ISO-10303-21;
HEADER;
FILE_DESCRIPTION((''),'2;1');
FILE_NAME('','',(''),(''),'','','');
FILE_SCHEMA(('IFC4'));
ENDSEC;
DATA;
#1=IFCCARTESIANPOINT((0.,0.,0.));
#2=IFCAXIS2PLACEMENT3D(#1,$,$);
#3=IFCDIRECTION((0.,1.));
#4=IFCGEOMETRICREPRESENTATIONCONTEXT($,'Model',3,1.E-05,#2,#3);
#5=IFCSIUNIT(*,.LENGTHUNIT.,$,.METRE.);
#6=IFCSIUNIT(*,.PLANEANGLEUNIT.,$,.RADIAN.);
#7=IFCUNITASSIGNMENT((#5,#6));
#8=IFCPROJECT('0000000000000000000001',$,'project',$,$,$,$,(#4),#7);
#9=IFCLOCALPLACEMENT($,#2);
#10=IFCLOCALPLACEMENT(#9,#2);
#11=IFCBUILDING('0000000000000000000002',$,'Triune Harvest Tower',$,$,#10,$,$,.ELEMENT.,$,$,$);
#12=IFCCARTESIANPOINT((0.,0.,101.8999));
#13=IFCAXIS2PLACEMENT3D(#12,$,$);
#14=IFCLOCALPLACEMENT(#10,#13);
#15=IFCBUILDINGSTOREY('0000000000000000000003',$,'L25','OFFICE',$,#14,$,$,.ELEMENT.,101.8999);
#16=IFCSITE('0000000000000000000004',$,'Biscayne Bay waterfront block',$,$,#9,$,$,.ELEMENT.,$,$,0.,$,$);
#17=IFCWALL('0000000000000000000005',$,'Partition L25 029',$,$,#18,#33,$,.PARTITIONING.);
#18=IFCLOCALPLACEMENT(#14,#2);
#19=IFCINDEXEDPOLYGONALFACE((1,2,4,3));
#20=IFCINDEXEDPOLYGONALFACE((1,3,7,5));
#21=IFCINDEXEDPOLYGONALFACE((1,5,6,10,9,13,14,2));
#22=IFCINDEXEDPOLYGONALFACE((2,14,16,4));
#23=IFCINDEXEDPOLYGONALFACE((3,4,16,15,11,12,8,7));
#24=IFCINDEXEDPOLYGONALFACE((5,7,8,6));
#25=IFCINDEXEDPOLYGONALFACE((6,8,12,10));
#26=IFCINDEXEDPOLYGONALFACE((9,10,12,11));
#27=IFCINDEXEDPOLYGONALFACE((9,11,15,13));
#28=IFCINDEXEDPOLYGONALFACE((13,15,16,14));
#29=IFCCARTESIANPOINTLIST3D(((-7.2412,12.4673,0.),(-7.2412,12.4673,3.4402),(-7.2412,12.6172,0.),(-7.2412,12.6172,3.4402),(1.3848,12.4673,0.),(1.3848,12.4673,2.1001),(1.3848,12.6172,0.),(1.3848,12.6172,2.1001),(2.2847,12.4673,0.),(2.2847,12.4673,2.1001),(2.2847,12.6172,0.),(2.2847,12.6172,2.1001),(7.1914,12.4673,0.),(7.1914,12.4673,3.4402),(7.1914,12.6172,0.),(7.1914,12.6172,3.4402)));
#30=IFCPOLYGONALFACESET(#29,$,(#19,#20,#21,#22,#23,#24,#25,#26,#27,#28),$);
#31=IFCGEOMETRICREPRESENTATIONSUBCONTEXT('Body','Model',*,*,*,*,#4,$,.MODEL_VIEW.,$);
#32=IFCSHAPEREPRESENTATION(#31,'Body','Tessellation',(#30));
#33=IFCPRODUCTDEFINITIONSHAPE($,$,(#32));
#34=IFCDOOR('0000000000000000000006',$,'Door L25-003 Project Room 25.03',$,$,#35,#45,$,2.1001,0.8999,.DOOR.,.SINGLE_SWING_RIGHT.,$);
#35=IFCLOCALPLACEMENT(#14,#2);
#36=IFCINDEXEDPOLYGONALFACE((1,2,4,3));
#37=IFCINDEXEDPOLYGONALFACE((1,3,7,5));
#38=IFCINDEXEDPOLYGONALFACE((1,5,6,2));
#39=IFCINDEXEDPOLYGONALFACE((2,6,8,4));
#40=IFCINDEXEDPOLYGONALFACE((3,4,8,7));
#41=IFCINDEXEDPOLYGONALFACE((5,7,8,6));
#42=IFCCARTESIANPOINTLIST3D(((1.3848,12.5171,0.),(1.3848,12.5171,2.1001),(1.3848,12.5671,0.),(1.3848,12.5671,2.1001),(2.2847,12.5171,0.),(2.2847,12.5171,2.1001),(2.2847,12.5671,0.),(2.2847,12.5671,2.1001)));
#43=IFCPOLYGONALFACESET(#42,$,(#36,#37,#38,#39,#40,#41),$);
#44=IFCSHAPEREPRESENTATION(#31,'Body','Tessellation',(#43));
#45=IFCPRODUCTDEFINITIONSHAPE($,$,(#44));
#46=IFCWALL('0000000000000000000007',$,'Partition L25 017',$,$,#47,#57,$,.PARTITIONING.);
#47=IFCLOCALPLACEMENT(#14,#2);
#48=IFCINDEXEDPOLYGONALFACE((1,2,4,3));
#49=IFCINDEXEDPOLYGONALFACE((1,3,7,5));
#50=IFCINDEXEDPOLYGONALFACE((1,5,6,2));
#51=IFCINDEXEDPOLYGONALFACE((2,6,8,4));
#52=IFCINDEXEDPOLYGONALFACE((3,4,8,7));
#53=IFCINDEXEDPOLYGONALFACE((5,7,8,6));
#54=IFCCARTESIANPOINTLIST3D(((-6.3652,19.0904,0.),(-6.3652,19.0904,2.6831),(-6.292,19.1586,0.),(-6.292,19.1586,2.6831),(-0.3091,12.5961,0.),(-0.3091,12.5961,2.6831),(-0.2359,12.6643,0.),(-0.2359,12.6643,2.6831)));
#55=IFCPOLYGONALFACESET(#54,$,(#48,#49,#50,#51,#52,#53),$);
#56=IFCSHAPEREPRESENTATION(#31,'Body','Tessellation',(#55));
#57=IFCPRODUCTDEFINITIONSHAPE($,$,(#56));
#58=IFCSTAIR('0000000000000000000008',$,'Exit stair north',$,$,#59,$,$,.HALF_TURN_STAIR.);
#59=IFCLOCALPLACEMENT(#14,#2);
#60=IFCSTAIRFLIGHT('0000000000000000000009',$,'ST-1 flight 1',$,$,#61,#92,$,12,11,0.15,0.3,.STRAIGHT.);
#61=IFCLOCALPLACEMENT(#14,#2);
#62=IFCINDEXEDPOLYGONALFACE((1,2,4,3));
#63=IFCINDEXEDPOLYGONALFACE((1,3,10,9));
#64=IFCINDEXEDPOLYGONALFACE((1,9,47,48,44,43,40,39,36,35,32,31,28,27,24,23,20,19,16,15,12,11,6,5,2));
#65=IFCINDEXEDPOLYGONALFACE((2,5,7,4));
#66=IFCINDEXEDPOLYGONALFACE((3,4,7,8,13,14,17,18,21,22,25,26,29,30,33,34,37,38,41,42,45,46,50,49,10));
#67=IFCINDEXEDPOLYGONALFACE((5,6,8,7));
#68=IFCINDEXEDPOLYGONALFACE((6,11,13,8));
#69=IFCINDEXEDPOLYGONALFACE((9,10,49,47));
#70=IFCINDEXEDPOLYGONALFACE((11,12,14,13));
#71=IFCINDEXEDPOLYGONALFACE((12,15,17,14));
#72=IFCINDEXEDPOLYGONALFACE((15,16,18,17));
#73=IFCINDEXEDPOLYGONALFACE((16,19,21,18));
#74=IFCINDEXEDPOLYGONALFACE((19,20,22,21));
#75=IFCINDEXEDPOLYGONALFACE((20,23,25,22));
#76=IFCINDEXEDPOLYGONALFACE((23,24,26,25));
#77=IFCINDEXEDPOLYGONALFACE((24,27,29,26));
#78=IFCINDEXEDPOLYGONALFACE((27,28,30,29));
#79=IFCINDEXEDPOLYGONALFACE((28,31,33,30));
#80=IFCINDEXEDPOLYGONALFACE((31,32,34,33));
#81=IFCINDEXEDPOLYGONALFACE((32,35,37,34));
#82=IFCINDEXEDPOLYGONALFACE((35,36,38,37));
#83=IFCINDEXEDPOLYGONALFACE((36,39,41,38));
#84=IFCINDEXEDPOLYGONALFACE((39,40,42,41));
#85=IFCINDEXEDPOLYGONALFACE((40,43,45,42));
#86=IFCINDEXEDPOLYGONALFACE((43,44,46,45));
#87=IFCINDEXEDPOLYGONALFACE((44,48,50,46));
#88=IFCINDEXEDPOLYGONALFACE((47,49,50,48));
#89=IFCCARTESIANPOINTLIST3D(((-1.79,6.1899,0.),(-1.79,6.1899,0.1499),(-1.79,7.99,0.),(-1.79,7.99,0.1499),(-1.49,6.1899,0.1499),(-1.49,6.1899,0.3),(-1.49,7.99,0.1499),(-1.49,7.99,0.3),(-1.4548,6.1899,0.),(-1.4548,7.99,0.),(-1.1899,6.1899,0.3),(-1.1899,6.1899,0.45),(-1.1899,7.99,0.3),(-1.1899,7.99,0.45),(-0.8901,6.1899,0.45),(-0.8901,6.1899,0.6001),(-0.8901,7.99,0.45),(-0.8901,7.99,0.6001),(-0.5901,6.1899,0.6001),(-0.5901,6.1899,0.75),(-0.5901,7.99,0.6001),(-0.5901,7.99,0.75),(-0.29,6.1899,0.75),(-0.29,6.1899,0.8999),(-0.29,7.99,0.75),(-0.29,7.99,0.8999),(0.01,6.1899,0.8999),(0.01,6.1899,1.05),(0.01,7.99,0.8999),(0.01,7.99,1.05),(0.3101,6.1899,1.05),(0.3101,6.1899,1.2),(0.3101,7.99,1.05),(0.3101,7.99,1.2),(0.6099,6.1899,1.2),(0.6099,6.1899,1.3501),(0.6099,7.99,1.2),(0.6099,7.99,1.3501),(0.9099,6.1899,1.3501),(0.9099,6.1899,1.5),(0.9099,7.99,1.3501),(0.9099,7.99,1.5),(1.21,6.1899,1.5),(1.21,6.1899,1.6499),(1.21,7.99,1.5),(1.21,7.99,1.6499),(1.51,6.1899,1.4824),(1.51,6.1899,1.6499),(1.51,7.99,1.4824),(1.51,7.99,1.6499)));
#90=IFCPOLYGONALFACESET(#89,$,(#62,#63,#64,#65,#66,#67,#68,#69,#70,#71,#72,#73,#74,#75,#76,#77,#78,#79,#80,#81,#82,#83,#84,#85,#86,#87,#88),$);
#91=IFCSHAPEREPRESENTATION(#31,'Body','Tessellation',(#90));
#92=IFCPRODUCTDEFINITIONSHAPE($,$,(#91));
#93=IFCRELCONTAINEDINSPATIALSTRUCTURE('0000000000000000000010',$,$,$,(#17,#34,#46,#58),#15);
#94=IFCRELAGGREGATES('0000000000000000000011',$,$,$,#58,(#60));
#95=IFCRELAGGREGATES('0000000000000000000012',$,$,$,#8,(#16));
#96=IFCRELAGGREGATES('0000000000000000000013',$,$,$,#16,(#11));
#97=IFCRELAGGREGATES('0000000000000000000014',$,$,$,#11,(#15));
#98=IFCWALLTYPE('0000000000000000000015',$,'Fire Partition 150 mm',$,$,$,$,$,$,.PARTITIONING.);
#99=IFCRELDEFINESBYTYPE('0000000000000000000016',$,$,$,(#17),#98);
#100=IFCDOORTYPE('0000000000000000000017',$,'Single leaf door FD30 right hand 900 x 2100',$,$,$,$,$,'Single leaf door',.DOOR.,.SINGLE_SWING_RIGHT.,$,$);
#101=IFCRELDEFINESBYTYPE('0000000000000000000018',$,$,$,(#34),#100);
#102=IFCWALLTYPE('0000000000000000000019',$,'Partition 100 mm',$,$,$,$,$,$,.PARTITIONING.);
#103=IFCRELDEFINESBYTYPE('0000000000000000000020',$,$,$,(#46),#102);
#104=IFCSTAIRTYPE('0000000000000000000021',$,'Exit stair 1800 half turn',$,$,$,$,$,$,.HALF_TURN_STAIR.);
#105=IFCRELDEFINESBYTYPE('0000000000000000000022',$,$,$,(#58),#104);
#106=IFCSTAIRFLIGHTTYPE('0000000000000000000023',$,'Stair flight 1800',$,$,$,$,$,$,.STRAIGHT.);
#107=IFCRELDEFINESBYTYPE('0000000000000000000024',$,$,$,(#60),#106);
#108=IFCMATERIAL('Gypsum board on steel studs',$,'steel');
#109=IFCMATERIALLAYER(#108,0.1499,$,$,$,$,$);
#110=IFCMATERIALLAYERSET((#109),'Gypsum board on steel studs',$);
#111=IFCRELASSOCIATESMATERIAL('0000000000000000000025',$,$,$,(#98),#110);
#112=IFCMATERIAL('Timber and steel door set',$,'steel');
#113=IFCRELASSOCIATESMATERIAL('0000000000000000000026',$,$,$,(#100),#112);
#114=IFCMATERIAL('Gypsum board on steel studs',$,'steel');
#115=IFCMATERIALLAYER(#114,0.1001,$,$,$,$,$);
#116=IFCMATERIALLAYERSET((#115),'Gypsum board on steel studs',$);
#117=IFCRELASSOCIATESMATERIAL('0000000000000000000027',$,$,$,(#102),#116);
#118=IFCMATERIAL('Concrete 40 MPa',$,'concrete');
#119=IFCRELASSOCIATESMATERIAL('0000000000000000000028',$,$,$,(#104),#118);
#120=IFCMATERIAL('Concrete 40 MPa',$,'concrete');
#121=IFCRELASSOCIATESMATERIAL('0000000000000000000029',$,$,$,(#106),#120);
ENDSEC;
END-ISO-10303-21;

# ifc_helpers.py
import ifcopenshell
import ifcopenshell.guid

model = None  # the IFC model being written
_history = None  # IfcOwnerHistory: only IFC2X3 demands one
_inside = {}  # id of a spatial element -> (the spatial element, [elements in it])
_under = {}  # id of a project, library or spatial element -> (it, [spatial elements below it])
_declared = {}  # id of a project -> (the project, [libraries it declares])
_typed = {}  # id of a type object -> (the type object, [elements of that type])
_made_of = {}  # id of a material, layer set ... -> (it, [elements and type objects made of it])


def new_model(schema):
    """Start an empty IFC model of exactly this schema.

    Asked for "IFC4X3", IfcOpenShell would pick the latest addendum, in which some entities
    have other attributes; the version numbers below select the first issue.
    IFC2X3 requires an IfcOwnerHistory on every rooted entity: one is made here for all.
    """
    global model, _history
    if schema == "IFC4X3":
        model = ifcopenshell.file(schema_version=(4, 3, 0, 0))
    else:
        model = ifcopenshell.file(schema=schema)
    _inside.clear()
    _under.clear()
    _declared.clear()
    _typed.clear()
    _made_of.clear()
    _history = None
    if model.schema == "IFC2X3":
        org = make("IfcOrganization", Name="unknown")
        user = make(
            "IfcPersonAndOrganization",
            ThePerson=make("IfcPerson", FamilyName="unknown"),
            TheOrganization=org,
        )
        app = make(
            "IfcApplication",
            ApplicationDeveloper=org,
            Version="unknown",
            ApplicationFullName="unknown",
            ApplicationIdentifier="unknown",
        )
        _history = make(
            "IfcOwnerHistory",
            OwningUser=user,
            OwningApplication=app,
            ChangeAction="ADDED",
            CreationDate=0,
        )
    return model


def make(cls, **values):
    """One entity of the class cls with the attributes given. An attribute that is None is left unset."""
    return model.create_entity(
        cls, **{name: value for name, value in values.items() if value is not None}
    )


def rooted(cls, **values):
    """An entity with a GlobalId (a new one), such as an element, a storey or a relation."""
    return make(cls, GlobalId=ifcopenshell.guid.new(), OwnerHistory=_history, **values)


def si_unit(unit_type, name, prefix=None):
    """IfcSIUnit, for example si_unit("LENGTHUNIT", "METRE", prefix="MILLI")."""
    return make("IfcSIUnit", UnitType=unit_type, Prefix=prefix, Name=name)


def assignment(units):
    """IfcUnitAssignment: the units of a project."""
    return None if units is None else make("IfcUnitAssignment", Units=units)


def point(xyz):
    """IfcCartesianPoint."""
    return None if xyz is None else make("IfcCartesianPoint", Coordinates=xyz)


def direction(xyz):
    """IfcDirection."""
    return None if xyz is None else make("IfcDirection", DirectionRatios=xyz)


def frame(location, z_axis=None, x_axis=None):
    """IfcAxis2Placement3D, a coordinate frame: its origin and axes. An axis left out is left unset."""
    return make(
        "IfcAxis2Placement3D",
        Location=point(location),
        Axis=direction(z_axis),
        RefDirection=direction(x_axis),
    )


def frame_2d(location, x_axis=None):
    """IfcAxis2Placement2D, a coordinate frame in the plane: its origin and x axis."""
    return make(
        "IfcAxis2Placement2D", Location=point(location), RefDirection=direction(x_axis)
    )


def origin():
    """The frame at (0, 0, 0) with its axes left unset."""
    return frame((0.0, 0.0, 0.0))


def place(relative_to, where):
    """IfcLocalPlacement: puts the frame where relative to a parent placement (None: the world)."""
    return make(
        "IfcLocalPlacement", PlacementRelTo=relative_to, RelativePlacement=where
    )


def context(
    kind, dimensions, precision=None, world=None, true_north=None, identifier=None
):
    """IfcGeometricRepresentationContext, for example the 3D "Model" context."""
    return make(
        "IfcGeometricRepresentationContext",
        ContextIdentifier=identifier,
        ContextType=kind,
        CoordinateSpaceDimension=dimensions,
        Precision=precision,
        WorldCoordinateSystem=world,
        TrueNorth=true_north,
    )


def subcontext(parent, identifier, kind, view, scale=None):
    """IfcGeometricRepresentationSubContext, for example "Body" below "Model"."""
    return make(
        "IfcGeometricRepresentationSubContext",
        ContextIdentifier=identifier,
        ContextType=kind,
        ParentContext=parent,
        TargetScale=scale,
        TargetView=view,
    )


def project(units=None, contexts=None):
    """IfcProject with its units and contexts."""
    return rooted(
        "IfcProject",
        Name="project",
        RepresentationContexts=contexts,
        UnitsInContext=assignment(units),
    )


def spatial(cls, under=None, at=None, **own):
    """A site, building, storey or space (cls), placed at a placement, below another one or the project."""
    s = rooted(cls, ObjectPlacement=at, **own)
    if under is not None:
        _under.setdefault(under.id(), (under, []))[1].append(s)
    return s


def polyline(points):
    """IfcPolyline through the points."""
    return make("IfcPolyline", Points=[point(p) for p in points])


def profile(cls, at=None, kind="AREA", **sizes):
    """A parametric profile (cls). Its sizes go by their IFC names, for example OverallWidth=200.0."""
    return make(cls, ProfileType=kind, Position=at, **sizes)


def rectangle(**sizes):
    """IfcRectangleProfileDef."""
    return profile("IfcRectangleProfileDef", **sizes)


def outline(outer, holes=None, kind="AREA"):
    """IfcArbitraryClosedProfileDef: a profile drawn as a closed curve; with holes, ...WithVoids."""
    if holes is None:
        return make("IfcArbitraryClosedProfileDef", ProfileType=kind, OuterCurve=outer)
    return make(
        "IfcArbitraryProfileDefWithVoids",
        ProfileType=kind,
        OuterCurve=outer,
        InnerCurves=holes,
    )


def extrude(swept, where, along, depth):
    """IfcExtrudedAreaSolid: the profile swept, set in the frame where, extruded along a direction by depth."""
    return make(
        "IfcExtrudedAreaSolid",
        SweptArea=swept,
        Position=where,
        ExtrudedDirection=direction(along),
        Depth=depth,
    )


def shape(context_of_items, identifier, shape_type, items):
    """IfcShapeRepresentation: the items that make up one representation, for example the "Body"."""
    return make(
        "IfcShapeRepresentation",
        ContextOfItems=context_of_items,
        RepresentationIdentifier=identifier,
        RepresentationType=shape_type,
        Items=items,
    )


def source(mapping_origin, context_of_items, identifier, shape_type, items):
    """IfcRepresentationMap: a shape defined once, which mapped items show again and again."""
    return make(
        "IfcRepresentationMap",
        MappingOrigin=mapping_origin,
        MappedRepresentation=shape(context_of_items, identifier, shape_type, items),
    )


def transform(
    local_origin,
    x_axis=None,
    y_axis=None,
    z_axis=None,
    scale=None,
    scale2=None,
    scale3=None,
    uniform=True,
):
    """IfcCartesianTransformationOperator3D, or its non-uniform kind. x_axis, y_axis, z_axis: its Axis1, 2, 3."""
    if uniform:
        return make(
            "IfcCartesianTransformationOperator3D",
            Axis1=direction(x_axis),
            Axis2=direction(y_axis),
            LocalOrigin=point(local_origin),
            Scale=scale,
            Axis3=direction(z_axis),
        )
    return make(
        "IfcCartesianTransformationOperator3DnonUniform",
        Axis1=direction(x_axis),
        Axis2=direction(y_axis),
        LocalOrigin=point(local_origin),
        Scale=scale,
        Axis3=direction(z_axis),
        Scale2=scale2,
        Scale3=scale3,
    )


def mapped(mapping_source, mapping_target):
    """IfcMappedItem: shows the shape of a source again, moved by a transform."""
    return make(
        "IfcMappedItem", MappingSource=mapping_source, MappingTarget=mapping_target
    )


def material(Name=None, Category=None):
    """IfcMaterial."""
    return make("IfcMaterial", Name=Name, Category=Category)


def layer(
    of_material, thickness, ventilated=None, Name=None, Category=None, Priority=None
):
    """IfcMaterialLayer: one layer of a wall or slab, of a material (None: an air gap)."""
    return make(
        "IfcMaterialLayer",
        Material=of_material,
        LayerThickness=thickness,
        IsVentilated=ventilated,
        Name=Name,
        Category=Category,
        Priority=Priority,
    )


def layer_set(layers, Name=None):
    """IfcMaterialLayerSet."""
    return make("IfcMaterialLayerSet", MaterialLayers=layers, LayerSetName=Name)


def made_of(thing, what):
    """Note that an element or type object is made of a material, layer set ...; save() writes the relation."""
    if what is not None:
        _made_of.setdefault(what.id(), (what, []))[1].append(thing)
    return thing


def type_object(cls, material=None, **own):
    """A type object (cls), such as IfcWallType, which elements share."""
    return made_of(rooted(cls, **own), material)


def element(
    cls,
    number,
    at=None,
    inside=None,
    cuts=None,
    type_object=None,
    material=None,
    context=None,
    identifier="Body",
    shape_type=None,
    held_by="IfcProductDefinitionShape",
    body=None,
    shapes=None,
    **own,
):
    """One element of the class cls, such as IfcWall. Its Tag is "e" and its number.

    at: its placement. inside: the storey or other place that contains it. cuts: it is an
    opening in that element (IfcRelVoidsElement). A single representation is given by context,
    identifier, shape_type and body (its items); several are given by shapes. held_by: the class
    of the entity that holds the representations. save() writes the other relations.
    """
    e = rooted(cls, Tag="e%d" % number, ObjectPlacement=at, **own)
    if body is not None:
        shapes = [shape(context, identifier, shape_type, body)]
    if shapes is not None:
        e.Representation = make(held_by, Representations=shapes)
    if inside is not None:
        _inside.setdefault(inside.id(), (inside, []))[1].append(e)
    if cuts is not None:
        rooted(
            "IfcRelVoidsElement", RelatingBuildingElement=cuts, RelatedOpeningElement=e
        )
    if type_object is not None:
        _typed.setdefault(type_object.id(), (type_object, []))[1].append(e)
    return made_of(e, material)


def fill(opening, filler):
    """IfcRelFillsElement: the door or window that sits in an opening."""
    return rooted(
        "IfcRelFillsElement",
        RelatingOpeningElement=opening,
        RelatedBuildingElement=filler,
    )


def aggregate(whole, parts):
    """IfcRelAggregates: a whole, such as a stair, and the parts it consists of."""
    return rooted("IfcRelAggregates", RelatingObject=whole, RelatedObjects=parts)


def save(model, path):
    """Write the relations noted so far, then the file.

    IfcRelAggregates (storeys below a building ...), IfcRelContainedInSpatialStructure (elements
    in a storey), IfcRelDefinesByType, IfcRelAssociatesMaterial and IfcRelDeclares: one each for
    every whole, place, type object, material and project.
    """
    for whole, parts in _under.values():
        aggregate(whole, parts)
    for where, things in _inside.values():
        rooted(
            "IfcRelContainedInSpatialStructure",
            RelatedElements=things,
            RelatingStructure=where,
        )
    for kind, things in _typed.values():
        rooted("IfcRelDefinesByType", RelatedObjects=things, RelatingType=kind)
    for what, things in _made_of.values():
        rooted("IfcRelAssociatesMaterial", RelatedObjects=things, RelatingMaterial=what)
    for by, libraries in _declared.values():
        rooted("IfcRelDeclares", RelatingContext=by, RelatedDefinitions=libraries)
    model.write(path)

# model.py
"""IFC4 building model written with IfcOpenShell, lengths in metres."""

from ifc_helpers import new_model, si_unit, direction, frame, frame_2d, origin, place, context, subcontext, project, spatial, polyline, rectangle, outline, extrude, source, transform, mapped, material, layer, layer_set, type_object, element, fill, aggregate, save


model = new_model("IFC4")

# Units and contexts
model_context = context("Model", 3, precision=1e-05, world=origin(), true_north=direction((0.0, 1.0)))
body_context = subcontext(model_context, "Body", "Model", "MODEL_VIEW")
ifc_project = project(units=[si_unit("LENGTHUNIT", "METRE"), si_unit("PLANEANGLEUNIT", "RADIAN")], contexts=[model_context])

# Site, building, storey
site_placement = place(None, origin())
site = spatial("IfcSite", under=ifc_project, at=site_placement, Name="Biscayne Bay waterfront block", CompositionType="ELEMENT", RefElevation=0.0)
building_placement = place(site_placement, origin())
building = spatial("IfcBuilding", under=site, at=building_placement, Name="Triune Harvest Tower", CompositionType="ELEMENT")
storey_placement = place(building_placement, frame((0.0, 0.0, 101.8999)))
storey = spatial("IfcBuildingStorey", under=building, at=storey_placement, Name="L25", Description="OFFICE", CompositionType="ELEMENT", Elevation=101.8999)

# Shared definitions
ifc_material_1 = material(Name="Gypsum board on steel studs", Category="steel")
ifc_layer_1 = layer(ifc_material_1, 0.1499)
ifc_layer_set_1 = layer_set([ifc_layer_1], Name="Gypsum board on steel studs")
wall_type_1 = type_object("IfcWallType", Name="Fire Partition 150 mm", PredefinedType="PARTITIONING", material=ifc_layer_set_1)

# Wall, opening, door
shared_shape_1 = source(origin(), body_context, "Body", "SweptSolid", [
    extrude(rectangle(XDim=14.4326, YDim=0.1499, at=frame_2d((7.2163, 0.0))), origin(), (0.0, 0.0, 1.0), 3.4402),
])
wall_1_placement = place(storey_placement, frame((-7.2412, 12.5422, 0.0), z_axis=(0.0, 0.0, 1.0), x_axis=(1.0, 0.0, 0.0)))
wall_1 = element("IfcWall", 1, at=wall_1_placement, inside=storey, type_object=wall_type_1, Name="Partition L25 029", PredefinedType="PARTITIONING", context=body_context, shape_type="MappedRepresentation", body=[
    mapped(shared_shape_1, transform((0.0, 0.0, 0.0), scale=1.0)),
])
opening_1_placement = place(wall_1_placement, frame((8.626, 0.0, 0.0)))
opening_1 = element("IfcOpeningElement", 2, at=opening_1_placement, cuts=wall_1, PredefinedType="OPENING", context=body_context, shape_type="SweptSolid", body=[
    extrude(rectangle(XDim=0.8999, YDim=2.1001, at=frame_2d((0.45, 1.05))), frame((0.0, 0.085, 0.0), z_axis=(0.0, -1.0, 0.0), x_axis=(1.0, 0.0, 0.0)), (0.0, 0.0, 1.0), 0.1699),
])
ifc_material_2 = material(Name="Timber and steel door set", Category="steel")
door_type_1 = type_object("IfcDoorType", Name="Single leaf door FD30 right hand 900 x 2100", ElementType="Single leaf door", OperationType="SINGLE_SWING_RIGHT", PredefinedType="DOOR", material=ifc_material_2)
door_1_placement = place(opening_1_placement, origin())
door_1 = element("IfcDoor", 3, at=door_1_placement, inside=storey, type_object=door_type_1, Name="Door L25-003 Project Room 25.03", OperationType="SINGLE_SWING_RIGHT", OverallHeight=2.1001, OverallWidth=0.8999, PredefinedType="DOOR", context=body_context, shape_type="SweptSolid", body=[
    extrude(rectangle(XDim=0.8999, YDim=2.1001, at=frame_2d((0.45, 1.05))), frame((0.0, 0.0249, 0.0), z_axis=(0.0, -1.0, 0.0), x_axis=(1.0, 0.0, 0.0)), (0.0, 0.0, 1.0), 0.05),
])
fill(opening_1, door_1)

# Wall
ifc_material_3 = material(Name="Gypsum board on steel studs", Category="steel")
ifc_layer_2 = layer(ifc_material_3, 0.1001)
ifc_layer_set_2 = layer_set([ifc_layer_2], Name="Gypsum board on steel studs")
wall_type_2 = type_object("IfcWallType", Name="Partition 100 mm", PredefinedType="PARTITIONING", material=ifc_layer_set_2)
shared_shape_2 = source(origin(), body_context, "Body", "SweptSolid", [
    extrude(rectangle(XDim=8.8799, YDim=0.1001, at=frame_2d((4.4399, 0.0))), origin(), (0.0, 0.0, 1.0), 2.6831),
])
wall_2_placement = place(storey_placement, frame((-6.3286, 19.1245, 0.0), z_axis=(0.0, 0.0, 1.0), x_axis=(0.682001, -0.731351, 0.0)))
element("IfcWall", 4, at=wall_2_placement, inside=storey, type_object=wall_type_2, Name="Partition L25 017", PredefinedType="PARTITIONING", context=body_context, shape_type="MappedRepresentation", body=[
    mapped(shared_shape_2, transform((0.0, 0.0, 0.0), scale=1.0)),
])

# Stair, stair flight
ifc_material_4 = material(Name="Concrete 40 MPa", Category="concrete")
stair_type = type_object("IfcStairType", Name="Exit stair 1800 half turn", PredefinedType="HALF_TURN_STAIR", material=ifc_material_4)
stair_placement = place(storey_placement, origin())
stair = element("IfcStair", 5, at=stair_placement, inside=storey, type_object=stair_type, Name="Exit stair north", PredefinedType="HALF_TURN_STAIR")
ifc_material_5 = material(Name="Concrete 40 MPa", Category="concrete")
stair_flight_type = type_object("IfcStairFlightType", Name="Stair flight 1800", PredefinedType="STRAIGHT", material=ifc_material_5)
shared_shape_3 = source(origin(), body_context, "Body", "SweptSolid", [
    extrude(outline(polyline([(0.0, 0.0), (0.0, 0.1499), (0.3, 0.1499), (0.3, 0.3), (0.6001, 0.3), (0.6001, 0.45), (0.8999, 0.45), (0.8999, 0.6001), (1.2, 0.6001), (1.2, 0.75), (1.5, 0.75), (1.5, 0.8999), (1.8, 0.8999), (1.8, 1.05), (2.1001, 1.05), (2.1001, 1.2), (2.3999, 1.2), (2.3999, 1.3501), (2.7, 1.3501), (2.7, 1.5), (3.0, 1.5), (3.0, 1.6499), (3.3, 1.6499), (3.3, 1.8), (3.3, 1.4824), (0.3352, 0.0), (0.0, 0.0)])), frame((0.0, 0.8999, 0.0), z_axis=(0.0, -1.0, 0.0), x_axis=(1.0, 0.0, 0.0)), (0.0, 0.0, 1.0), 1.8),
])
stair_flight_placement = place(storey_placement, frame((-1.79, 7.0901, 0.0), z_axis=(0.0, 0.0, 1.0), x_axis=(1.0, 0.0, 0.0)))
stair_flight = element("IfcStairFlight", 6, at=stair_flight_placement, type_object=stair_flight_type, Name="ST-1 flight 1", NumberOfRisers=12, NumberOfTreads=11, PredefinedType="STRAIGHT", RiserHeight=0.15, TreadLength=0.3, context=body_context, shape_type="MappedRepresentation", body=[
    mapped(shared_shape_3, transform((0.0, 0.0, 0.0), scale=1.0)),
])
aggregate(stair, [stair_flight])

save(model, "model.ifc")
